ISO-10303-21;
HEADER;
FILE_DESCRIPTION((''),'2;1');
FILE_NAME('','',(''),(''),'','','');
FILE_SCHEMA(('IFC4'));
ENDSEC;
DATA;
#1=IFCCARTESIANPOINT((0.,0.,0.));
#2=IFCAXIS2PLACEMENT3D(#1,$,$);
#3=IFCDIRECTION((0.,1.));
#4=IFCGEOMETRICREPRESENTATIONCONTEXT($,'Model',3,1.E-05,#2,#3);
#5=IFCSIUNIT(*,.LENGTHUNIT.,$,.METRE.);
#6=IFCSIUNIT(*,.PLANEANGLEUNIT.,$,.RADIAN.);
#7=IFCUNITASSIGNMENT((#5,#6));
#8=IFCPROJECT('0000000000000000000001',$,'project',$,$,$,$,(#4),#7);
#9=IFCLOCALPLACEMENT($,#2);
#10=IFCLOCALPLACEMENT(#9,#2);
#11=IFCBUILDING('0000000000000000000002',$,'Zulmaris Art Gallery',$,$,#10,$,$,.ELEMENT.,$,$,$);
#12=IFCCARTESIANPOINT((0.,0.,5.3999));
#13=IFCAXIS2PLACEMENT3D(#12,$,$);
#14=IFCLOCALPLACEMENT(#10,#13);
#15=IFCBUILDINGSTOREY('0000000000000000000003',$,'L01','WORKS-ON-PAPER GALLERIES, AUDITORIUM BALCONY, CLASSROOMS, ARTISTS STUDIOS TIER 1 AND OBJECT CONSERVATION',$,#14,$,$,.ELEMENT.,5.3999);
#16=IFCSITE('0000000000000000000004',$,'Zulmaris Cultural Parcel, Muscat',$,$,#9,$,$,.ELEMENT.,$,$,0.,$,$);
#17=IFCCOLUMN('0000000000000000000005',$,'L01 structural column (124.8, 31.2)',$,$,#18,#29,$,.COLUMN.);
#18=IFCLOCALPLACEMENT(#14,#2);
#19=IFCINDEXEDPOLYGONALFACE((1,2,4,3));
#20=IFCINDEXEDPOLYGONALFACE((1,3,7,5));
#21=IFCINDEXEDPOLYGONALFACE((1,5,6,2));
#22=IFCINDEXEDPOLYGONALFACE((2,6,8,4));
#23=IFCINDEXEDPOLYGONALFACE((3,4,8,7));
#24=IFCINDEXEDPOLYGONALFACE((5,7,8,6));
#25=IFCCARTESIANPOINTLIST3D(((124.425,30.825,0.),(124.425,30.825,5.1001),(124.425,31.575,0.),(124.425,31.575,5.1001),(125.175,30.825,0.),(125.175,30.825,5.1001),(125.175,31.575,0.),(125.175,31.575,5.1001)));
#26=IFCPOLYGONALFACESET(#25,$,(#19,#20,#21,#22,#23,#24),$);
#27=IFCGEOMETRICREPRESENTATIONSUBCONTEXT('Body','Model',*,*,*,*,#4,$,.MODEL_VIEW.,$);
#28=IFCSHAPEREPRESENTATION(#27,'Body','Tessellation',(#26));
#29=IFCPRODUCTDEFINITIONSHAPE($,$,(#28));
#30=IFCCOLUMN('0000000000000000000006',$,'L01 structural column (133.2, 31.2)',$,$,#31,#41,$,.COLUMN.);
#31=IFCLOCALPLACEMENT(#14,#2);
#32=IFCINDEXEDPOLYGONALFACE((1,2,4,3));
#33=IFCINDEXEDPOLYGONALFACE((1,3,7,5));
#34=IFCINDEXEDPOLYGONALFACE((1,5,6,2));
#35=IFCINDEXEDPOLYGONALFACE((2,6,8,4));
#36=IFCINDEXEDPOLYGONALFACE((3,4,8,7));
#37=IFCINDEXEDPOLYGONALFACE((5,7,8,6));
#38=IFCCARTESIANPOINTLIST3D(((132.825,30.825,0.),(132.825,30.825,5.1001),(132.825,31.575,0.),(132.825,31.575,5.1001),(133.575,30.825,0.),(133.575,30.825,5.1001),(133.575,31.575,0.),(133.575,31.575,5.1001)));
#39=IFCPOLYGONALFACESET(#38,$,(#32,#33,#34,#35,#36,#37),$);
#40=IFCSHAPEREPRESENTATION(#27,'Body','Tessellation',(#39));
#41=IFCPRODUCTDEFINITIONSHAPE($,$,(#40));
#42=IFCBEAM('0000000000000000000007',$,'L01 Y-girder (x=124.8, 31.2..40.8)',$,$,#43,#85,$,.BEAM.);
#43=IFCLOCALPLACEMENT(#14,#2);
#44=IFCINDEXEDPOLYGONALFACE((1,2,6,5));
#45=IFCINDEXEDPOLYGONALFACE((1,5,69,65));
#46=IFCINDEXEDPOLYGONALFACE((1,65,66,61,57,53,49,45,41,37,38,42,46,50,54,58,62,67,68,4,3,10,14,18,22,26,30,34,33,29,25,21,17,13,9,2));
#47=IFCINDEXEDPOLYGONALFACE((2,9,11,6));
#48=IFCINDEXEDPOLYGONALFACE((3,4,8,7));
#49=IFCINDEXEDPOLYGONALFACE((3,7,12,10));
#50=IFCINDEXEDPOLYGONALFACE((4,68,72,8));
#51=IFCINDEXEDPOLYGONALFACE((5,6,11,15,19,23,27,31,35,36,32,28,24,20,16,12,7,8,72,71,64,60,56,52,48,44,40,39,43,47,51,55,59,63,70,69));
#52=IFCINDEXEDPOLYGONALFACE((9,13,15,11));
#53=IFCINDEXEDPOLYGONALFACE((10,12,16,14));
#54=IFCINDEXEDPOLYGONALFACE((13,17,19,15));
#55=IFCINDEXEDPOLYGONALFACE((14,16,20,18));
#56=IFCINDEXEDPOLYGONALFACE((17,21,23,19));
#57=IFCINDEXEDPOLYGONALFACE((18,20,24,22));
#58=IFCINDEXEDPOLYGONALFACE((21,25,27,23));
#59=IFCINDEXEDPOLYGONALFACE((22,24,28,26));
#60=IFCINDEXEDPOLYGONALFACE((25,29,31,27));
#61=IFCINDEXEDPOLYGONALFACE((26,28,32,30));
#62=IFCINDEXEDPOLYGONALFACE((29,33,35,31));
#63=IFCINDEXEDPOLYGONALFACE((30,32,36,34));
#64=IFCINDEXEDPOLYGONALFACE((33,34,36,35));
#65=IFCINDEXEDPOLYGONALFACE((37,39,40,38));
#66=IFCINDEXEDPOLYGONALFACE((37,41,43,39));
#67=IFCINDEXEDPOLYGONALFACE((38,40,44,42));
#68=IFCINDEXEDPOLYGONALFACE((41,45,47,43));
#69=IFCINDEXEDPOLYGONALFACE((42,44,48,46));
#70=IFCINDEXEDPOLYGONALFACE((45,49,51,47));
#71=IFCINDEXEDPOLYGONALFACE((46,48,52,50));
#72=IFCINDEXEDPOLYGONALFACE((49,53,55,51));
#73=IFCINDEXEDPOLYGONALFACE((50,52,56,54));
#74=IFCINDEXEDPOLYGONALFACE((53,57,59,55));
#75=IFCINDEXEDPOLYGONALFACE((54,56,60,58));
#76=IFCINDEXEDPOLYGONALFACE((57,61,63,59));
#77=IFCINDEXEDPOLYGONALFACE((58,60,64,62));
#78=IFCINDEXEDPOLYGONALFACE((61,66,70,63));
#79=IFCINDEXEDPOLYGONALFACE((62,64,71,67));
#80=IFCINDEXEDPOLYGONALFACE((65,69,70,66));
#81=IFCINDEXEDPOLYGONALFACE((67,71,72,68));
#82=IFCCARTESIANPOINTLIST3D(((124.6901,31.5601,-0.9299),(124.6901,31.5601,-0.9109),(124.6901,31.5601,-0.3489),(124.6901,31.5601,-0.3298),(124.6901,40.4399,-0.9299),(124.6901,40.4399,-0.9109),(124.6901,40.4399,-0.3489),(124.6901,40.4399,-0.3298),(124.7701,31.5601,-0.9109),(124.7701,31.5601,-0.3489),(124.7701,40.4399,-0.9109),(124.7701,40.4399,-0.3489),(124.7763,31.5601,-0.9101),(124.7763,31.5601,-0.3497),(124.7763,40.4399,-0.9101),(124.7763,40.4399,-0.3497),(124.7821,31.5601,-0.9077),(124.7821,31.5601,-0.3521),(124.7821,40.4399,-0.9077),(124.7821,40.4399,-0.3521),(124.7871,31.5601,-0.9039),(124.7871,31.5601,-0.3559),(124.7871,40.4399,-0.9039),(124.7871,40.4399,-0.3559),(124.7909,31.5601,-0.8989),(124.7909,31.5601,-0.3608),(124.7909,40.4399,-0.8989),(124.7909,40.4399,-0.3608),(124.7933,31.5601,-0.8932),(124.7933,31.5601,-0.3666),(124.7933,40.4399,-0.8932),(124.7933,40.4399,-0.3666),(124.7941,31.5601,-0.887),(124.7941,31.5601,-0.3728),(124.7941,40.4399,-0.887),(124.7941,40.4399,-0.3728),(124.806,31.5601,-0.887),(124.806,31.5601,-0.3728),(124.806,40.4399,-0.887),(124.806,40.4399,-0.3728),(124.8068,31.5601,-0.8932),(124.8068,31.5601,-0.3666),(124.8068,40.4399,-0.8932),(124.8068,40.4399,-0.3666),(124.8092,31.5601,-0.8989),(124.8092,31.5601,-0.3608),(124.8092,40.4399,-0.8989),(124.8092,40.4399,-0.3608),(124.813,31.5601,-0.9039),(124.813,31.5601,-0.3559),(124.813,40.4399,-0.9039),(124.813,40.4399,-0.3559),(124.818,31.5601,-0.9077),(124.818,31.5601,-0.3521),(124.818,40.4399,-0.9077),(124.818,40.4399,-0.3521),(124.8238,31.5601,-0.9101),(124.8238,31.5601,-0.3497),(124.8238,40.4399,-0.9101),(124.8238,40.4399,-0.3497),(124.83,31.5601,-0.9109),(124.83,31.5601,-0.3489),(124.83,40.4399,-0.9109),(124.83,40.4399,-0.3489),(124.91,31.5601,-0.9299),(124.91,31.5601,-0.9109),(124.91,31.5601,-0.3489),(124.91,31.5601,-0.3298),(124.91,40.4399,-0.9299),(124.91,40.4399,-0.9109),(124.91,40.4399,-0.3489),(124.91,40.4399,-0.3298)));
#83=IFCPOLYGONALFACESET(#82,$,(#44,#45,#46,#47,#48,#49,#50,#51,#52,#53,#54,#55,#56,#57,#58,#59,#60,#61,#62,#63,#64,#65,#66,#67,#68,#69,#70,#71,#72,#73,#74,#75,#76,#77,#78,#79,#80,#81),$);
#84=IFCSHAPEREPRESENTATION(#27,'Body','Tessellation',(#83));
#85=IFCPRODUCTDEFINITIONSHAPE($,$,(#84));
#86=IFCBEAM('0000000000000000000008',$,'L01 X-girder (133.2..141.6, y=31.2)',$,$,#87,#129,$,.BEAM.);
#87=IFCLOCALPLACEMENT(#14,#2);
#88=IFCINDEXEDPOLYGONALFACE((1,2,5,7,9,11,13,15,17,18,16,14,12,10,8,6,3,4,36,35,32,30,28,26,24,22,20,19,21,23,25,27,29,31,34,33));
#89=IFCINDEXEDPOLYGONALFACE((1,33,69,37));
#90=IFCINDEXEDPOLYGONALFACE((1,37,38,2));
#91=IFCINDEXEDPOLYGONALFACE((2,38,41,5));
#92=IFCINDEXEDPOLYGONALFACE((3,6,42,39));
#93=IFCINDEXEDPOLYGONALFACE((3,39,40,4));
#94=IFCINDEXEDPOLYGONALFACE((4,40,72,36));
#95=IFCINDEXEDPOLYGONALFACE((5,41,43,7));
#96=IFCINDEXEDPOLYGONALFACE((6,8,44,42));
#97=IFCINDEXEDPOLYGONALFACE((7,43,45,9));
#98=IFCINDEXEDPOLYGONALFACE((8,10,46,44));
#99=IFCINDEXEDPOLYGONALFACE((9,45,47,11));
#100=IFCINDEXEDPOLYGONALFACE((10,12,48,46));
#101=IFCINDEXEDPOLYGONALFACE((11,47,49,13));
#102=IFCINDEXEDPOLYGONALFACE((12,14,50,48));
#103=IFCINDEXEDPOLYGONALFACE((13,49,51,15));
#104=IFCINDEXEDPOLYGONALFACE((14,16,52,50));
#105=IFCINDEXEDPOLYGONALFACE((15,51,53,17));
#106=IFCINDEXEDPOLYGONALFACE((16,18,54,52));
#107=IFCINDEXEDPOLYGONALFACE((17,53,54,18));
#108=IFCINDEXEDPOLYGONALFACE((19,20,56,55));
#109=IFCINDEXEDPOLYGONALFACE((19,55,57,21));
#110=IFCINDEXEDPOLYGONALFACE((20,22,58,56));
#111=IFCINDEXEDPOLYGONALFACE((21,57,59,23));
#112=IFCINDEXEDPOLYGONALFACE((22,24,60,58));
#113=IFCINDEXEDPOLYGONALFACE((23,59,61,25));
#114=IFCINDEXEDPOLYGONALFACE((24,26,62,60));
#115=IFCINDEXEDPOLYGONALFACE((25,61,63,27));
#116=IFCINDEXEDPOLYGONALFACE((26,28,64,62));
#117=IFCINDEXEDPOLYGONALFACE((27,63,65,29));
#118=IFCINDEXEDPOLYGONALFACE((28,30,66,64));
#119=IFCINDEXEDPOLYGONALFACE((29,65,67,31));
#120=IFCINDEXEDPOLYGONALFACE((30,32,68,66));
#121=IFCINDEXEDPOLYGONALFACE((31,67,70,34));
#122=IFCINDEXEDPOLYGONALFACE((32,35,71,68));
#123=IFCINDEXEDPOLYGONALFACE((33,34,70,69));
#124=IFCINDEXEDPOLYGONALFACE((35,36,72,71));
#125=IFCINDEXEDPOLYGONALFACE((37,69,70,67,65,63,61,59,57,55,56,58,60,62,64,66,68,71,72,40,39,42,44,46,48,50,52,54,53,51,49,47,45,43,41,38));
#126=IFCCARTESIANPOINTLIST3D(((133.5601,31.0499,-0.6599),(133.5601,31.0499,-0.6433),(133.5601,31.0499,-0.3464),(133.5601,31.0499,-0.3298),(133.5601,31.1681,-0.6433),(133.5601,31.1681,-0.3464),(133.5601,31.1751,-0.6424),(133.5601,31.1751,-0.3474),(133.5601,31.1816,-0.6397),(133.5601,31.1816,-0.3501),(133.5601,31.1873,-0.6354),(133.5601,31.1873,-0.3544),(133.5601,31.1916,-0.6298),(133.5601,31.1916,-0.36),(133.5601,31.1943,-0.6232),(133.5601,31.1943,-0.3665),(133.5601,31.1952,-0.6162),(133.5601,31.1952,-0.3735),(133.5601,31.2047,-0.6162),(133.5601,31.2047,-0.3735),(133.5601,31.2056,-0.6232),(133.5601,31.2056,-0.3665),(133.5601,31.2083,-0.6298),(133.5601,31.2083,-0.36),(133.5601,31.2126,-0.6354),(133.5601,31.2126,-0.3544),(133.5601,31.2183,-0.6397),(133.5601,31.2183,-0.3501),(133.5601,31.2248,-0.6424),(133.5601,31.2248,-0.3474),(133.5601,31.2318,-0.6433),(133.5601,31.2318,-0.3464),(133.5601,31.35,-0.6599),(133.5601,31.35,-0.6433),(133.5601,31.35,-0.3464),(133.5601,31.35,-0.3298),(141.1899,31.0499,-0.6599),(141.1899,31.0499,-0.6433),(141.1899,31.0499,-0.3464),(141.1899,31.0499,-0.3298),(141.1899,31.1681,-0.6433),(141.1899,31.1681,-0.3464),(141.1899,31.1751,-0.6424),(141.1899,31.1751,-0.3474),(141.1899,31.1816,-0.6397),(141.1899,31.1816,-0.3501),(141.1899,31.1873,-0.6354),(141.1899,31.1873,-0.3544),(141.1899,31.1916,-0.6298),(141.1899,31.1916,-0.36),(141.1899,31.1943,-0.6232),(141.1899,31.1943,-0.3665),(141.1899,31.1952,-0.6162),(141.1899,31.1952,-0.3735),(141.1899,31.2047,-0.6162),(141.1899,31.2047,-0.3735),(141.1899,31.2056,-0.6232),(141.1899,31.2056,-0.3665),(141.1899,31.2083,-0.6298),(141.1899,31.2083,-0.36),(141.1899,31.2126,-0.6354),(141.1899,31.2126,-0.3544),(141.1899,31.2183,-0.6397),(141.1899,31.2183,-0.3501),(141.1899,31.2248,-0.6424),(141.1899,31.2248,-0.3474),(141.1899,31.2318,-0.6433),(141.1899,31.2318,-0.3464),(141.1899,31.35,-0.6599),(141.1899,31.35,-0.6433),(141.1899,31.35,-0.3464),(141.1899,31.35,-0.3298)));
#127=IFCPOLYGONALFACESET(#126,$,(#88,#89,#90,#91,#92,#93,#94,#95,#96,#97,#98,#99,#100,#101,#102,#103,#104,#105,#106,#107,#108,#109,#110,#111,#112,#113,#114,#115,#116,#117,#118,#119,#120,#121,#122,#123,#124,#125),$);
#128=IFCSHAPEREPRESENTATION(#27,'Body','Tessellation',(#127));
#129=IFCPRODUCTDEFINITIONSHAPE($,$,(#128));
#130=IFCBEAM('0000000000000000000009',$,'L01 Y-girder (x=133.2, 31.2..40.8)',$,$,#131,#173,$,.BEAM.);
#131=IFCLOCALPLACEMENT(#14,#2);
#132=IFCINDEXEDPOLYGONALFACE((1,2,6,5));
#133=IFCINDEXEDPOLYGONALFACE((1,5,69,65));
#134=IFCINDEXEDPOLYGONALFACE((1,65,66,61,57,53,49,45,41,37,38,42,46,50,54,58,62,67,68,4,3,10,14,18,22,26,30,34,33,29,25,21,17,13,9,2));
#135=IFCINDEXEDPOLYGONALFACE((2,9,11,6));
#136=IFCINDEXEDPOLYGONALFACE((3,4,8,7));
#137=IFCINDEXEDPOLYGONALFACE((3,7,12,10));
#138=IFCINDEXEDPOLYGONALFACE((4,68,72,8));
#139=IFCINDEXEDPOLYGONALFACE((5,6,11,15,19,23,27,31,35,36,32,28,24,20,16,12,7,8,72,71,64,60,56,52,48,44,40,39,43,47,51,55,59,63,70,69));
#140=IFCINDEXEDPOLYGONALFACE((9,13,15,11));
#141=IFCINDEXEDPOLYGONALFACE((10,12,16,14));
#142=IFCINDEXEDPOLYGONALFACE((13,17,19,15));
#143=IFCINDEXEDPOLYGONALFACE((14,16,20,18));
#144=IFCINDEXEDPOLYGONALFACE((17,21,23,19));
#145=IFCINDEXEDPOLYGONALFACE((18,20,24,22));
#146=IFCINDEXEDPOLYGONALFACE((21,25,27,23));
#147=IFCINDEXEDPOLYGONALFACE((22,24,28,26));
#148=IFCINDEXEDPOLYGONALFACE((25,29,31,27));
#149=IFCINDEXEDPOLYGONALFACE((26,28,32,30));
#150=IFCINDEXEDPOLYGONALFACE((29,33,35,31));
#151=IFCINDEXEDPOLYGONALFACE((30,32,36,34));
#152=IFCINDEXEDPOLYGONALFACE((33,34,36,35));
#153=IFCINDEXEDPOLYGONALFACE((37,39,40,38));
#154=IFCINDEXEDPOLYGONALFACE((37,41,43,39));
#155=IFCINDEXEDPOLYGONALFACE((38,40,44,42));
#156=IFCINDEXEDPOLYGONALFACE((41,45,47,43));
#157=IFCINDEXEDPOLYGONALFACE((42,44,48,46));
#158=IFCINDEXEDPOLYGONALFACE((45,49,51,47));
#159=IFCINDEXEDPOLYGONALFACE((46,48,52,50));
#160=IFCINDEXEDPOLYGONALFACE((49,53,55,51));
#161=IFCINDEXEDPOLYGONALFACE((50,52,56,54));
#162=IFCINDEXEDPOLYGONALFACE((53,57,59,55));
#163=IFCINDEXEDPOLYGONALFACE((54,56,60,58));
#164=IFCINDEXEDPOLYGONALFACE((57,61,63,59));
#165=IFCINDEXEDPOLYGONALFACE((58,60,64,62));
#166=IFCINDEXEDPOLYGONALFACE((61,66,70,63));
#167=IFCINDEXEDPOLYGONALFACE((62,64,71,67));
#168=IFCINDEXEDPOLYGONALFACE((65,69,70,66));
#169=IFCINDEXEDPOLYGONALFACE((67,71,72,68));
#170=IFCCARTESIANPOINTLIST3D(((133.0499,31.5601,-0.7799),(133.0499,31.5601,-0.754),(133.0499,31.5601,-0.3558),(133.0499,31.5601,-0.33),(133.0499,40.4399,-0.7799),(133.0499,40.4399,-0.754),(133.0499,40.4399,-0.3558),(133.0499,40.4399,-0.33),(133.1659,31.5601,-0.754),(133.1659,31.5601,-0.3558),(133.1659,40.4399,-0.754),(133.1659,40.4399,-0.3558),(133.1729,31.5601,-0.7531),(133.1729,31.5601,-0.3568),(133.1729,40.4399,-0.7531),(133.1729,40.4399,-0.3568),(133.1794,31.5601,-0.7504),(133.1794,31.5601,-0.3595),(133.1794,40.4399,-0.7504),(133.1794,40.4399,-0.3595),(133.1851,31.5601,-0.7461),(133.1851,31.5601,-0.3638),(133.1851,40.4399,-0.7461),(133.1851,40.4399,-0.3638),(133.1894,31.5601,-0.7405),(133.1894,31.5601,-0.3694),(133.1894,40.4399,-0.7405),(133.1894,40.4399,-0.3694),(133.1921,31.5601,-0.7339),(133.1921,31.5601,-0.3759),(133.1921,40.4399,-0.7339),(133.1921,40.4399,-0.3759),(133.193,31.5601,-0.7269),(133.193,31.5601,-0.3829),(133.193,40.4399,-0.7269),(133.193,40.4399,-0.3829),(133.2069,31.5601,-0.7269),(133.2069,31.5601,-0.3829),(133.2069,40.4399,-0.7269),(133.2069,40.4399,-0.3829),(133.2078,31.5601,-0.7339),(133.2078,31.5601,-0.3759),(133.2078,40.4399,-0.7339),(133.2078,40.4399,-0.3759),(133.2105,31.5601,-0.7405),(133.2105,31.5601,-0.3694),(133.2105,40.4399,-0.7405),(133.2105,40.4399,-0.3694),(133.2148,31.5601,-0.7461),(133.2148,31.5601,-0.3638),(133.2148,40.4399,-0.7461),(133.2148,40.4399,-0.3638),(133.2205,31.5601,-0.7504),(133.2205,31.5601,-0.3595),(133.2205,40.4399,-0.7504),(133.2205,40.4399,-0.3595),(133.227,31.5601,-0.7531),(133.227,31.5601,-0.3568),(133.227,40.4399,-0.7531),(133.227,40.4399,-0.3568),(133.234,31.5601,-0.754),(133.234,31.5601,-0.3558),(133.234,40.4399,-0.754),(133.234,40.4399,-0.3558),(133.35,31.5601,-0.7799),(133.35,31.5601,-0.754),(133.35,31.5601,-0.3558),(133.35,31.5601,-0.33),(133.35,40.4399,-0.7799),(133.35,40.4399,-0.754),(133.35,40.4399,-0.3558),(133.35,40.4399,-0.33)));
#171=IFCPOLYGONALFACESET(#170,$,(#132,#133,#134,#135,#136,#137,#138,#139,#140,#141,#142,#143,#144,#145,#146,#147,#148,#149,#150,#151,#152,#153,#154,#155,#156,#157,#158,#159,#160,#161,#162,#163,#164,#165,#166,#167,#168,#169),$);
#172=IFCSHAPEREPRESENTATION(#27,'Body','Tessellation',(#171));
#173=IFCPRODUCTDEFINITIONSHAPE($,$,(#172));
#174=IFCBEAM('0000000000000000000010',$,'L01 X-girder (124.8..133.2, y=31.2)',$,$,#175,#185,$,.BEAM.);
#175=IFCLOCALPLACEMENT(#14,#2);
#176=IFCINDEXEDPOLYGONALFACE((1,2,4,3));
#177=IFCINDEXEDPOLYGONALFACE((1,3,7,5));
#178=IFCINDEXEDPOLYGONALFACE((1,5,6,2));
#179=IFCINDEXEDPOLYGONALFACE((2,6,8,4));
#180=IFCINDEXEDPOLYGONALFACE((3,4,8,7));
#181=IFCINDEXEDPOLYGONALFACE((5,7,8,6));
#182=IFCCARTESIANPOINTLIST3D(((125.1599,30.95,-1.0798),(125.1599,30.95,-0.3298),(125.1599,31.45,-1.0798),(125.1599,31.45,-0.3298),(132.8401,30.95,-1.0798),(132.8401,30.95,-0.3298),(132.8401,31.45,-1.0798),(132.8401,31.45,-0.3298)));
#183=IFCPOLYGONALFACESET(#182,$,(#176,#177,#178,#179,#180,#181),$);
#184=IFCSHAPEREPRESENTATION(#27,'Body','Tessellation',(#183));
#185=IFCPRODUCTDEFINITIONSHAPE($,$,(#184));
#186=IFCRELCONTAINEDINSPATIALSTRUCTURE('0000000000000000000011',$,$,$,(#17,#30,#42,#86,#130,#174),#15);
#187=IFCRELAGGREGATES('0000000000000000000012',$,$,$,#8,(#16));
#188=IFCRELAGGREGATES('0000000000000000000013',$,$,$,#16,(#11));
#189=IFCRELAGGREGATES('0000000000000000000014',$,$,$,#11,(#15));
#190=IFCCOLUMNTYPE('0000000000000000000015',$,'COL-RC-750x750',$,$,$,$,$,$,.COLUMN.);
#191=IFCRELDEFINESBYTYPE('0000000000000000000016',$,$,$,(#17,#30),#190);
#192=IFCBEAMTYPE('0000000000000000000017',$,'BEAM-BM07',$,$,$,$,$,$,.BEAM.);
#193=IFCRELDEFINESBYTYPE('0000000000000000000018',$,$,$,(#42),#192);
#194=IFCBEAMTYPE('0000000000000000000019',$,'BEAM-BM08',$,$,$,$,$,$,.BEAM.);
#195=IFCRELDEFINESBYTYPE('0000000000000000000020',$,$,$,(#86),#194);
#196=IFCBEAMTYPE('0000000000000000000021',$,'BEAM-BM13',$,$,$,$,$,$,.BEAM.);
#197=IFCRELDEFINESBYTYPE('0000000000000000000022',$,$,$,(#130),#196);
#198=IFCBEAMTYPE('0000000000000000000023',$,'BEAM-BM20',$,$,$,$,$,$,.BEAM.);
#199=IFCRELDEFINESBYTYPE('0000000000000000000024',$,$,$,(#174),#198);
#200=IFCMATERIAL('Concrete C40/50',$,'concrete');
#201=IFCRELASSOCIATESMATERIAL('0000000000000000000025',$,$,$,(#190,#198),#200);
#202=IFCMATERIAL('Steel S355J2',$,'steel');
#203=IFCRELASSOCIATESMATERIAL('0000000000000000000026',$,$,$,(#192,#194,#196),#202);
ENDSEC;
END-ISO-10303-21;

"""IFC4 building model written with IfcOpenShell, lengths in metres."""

from ifc_helpers import new_model, si_unit, direction, frame, origin, origin_2d, place, context, subcontext, project, spatial, rectangle, i_section, extrude, material, material_profile, profile_set, type_object, element, save


model = new_model("IFC4")

# Units and contexts
model_context = context("Model", 3, precision=1e-05, world=origin(), true_north=direction((0.0, 1.0)))
body_context = subcontext(model_context, "Body", "Model", "MODEL_VIEW")
ifc_project = project(units=[si_unit("LENGTHUNIT", "METRE"), si_unit("PLANEANGLEUNIT", "RADIAN")], contexts=[model_context])

# Site, building, storey
site_placement = place(None, origin())
site = spatial("IfcSite", under=ifc_project, at=site_placement, Name="Zulmaris Cultural Parcel, Muscat", CompositionType="ELEMENT", RefElevation=0.0)
building_placement = place(site_placement, origin())
building = spatial("IfcBuilding", under=site, at=building_placement, Name="Zulmaris Art Gallery", CompositionType="ELEMENT")
storey_placement = place(building_placement, frame((0.0, 0.0, 5.3999)))
storey = spatial("IfcBuildingStorey", under=building, at=storey_placement, Name="L01", Description="WORKS-ON-PAPER GALLERIES, AUDITORIUM BALCONY, CLASSROOMS, ARTISTS STUDIOS TIER 1 AND OBJECT CONSERVATION", CompositionType="ELEMENT", Elevation=5.3999)

# Columns
ifc_material_1 = material(Name="Concrete C40/50", Category="concrete")
ifc_material_profile_1 = material_profile(ifc_material_1, rectangle(XDim=0.75, YDim=0.75, at=origin_2d()), Name="RC 750x750")
ifc_profile_set_1 = profile_set([ifc_material_profile_1], Name="Concrete C40/50")
column_type = type_object("IfcColumnType", Name="COL-RC-750x750", PredefinedType="COLUMN", material=ifc_profile_set_1)
for number, where, z_axis, x_axis, name in (
    (1, (124.8, 31.2, 0.0), (0.0, 0.0, 1.0), (1.0, 0.0, 0.0), "L01 structural column (124.8, 31.2)"),
    (2, (133.2, 31.2, 0.0), (0.0, 0.0, 1.0), (1.0, 0.0, 0.0), "L01 structural column (133.2, 31.2)"),
):
    element("IfcColumn", number, at=place(storey_placement, frame(where, z_axis=z_axis, x_axis=x_axis)), inside=storey, type_object=column_type, Name=name, PredefinedType="COLUMN", context=body_context, shape_type="SweptSolid", body=[
        extrude(rectangle(XDim=0.75, YDim=0.75, at=origin_2d()), origin(), (0.0, 0.0, 1.0), 5.1001),
    ])

# Beams
ifc_material_2 = material(Name="Steel S355J2", Category="steel")
ifc_material_profile_2 = material_profile(ifc_material_2, i_section(OverallWidth=0.22, OverallDepth=0.6001, WebThickness=0.012, FlangeThickness=0.019, FilletRadius=0.0239, at=origin_2d()), Name="IPE 600")
ifc_profile_set_2 = profile_set([ifc_material_profile_2], Name="Steel S355J2")
beam_type_1 = type_object("IfcBeamType", Name="BEAM-BM07", PredefinedType="BEAM", material=ifc_profile_set_2)
beam_1_placement = place(storey_placement, frame((124.8, 31.5601, -0.6299), z_axis=(0.0, 1.0, 0.0), x_axis=(-1.0, 0.0, 0.0)))
element("IfcBeam", 3, at=beam_1_placement, inside=storey, type_object=beam_type_1, Name="L01 Y-girder (x=124.8, 31.2..40.8)", PredefinedType="BEAM", context=body_context, shape_type="SweptSolid", body=[
    extrude(i_section(OverallWidth=0.22, OverallDepth=0.6001, WebThickness=0.012, FlangeThickness=0.019, FilletRadius=0.0239, at=origin_2d()), origin(), (0.0, 0.0, 1.0), 8.8799),
])
ifc_material_profile_3 = material_profile(ifc_material_2, i_section(OverallWidth=0.3, OverallDepth=0.3301, WebThickness=0.0095, FlangeThickness=0.0166, FilletRadius=0.0271, at=origin_2d()), Name="HEA 340")
ifc_profile_set_3 = profile_set([ifc_material_profile_3], Name="Steel S355J2")
beam_type_2 = type_object("IfcBeamType", Name="BEAM-BM08", PredefinedType="BEAM", material=ifc_profile_set_3)
beam_2_placement = place(storey_placement, frame((133.5601, 31.2, -0.4949), z_axis=(1.0, 0.0, 0.0), x_axis=(0.0, 1.0, 0.0)))
element("IfcBeam", 4, at=beam_2_placement, inside=storey, type_object=beam_type_2, Name="L01 X-girder (133.2..141.6, y=31.2)", PredefinedType="BEAM", context=body_context, shape_type="SweptSolid", body=[
    extrude(i_section(OverallWidth=0.3, OverallDepth=0.3301, WebThickness=0.0095, FlangeThickness=0.0166, FilletRadius=0.0271, at=origin_2d()), origin(), (0.0, 0.0, 1.0), 7.6299),
])
ifc_material_profile_4 = material_profile(ifc_material_2, i_section(OverallWidth=0.3, OverallDepth=0.45, WebThickness=0.0139, FlangeThickness=0.0259, FilletRadius=0.0271, at=origin_2d()), Name="HEB 450")
ifc_profile_set_4 = profile_set([ifc_material_profile_4], Name="Steel S355J2")
beam_type_3 = type_object("IfcBeamType", Name="BEAM-BM13", PredefinedType="BEAM", material=ifc_profile_set_4)
beam_3_placement = place(storey_placement, frame((133.2, 31.5601, -0.5549), z_axis=(0.0, 1.0, 0.0), x_axis=(-1.0, 0.0, 0.0)))
element("IfcBeam", 5, at=beam_3_placement, inside=storey, type_object=beam_type_3, Name="L01 Y-girder (x=133.2, 31.2..40.8)", PredefinedType="BEAM", context=body_context, shape_type="SweptSolid", body=[
    extrude(i_section(OverallWidth=0.3, OverallDepth=0.45, WebThickness=0.0139, FlangeThickness=0.0259, FilletRadius=0.0271, at=origin_2d()), origin(), (0.0, 0.0, 1.0), 8.8799),
])
ifc_material_profile_5 = material_profile(ifc_material_1, rectangle(XDim=0.5, YDim=0.75, at=origin_2d()), Name="RC 500x750")
ifc_profile_set_5 = profile_set([ifc_material_profile_5], Name="Concrete C40/50")
beam_type_4 = type_object("IfcBeamType", Name="BEAM-BM20", PredefinedType="BEAM", material=ifc_profile_set_5)
beam_4_placement = place(storey_placement, frame((125.1599, 31.2, -0.7048), z_axis=(1.0, 0.0, 0.0), x_axis=(0.0, 1.0, 0.0)))
element("IfcBeam", 6, at=beam_4_placement, inside=storey, type_object=beam_type_4, Name="L01 X-girder (124.8..133.2, y=31.2)", PredefinedType="BEAM", context=body_context, shape_type="SweptSolid", body=[
    extrude(rectangle(XDim=0.5, YDim=0.75, at=origin_2d()), origin(), (0.0, 0.0, 1.0), 7.6802),
])

save(model, "model.ifc")
